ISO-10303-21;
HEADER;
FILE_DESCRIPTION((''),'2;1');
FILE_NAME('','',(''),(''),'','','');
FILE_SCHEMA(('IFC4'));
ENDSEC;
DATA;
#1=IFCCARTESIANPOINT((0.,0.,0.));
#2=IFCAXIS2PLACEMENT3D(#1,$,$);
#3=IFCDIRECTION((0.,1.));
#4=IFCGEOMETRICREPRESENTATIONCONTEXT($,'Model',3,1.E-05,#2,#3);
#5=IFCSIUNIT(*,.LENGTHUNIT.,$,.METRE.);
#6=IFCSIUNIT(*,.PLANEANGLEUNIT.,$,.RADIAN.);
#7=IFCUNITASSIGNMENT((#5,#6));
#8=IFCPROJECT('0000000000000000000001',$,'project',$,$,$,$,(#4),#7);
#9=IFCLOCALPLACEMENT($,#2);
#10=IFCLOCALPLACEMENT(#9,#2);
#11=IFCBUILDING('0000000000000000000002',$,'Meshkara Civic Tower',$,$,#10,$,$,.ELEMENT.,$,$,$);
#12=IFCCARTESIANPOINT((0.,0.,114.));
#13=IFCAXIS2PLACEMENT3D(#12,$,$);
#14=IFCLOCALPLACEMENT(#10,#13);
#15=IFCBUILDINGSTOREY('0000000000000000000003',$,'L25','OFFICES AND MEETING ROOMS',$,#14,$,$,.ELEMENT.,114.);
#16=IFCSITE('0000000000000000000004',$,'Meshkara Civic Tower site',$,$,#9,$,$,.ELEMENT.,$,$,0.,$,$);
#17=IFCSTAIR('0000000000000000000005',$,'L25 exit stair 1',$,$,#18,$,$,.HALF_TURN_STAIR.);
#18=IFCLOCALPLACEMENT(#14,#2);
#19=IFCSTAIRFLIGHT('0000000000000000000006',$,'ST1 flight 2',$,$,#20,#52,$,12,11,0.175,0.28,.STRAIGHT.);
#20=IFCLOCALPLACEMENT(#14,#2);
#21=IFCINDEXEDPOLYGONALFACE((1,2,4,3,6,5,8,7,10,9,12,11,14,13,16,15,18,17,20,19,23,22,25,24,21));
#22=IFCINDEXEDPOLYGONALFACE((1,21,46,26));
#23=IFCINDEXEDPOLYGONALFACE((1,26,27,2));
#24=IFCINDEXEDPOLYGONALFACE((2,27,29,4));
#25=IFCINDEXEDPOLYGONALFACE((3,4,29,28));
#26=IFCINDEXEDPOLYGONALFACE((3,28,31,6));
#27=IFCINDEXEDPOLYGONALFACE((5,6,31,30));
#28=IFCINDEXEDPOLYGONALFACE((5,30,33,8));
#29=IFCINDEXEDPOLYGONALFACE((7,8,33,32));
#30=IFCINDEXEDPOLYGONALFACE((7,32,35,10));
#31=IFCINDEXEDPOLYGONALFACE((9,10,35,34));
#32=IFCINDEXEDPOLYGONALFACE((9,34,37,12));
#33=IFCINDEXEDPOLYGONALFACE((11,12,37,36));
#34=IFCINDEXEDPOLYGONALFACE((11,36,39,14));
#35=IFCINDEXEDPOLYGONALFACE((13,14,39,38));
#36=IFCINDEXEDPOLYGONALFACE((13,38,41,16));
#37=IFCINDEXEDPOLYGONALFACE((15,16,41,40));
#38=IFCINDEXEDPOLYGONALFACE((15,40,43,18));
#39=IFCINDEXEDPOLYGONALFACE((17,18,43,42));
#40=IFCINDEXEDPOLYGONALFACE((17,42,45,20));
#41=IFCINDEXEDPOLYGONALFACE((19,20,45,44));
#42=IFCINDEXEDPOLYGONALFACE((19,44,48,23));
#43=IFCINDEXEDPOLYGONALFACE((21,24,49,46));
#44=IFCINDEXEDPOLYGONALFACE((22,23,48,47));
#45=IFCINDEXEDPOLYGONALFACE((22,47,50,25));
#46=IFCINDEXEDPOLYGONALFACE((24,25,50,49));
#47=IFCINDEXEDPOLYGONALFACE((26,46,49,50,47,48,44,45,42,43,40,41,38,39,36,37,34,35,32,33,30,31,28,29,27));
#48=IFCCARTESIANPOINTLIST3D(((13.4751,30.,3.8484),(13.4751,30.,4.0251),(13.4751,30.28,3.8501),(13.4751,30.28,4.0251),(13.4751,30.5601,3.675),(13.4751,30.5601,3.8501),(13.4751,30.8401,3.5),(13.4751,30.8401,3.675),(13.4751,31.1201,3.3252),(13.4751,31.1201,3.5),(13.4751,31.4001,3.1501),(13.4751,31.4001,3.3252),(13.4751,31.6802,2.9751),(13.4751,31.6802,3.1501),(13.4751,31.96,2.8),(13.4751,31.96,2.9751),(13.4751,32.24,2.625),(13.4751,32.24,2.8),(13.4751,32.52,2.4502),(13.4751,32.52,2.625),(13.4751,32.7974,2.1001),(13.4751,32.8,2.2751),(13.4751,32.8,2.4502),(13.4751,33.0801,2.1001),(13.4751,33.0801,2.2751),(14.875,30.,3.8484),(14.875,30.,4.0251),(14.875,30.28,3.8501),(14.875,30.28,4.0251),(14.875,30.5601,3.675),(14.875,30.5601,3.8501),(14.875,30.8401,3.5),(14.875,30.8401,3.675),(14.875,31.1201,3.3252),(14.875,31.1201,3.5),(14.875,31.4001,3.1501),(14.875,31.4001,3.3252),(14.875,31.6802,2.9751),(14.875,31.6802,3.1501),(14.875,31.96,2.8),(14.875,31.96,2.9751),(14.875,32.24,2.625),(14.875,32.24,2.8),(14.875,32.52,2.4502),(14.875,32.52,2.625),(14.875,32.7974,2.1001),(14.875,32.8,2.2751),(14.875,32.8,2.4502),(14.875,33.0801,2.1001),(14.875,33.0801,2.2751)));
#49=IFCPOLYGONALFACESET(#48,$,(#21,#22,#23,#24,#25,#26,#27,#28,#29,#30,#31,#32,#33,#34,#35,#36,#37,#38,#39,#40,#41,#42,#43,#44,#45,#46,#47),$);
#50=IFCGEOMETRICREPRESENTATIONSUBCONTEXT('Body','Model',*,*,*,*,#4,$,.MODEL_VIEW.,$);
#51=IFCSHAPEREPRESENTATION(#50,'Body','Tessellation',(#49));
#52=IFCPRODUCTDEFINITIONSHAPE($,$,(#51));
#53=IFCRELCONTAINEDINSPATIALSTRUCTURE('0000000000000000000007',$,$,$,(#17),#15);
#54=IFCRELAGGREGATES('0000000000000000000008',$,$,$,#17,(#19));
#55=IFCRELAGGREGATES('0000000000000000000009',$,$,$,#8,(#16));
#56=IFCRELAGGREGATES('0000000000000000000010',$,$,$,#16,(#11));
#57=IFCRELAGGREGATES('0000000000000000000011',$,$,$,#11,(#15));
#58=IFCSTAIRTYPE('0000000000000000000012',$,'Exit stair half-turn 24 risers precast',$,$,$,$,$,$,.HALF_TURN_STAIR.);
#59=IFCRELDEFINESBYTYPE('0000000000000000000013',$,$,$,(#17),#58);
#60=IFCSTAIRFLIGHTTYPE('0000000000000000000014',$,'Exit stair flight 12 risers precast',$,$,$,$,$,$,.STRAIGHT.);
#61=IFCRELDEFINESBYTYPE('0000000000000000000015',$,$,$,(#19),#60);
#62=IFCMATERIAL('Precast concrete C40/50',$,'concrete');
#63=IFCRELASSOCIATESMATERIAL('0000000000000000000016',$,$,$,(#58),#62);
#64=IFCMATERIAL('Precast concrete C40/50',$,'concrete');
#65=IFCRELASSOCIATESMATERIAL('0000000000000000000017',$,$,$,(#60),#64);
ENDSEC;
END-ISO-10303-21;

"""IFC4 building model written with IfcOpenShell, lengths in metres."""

from ifc_helpers import new_model, si_unit, direction, frame, origin, place, context, subcontext, project, spatial, polyline, outline, extrude, material, type_object, element, aggregate, save


model = new_model("IFC4")

# Units and contexts
model_context = context("Model", 3, precision=1e-05, world=origin(), true_north=direction((0.0, 1.0)))
body_context = subcontext(model_context, "Body", "Model", "MODEL_VIEW")
ifc_project = project(units=[si_unit("LENGTHUNIT", "METRE"), si_unit("PLANEANGLEUNIT", "RADIAN")], contexts=[model_context])

# Site, building, storey
site_placement = place(None, origin())
site = spatial("IfcSite", under=ifc_project, at=site_placement, Name="Meshkara Civic Tower site", CompositionType="ELEMENT", RefElevation=0.0)
building_placement = place(site_placement, origin())
building = spatial("IfcBuilding", under=site, at=building_placement, Name="Meshkara Civic Tower", CompositionType="ELEMENT")
storey_placement = place(building_placement, frame((0.0, 0.0, 114.0)))
storey = spatial("IfcBuildingStorey", under=building, at=storey_placement, Name="L25", Description="OFFICES AND MEETING ROOMS", CompositionType="ELEMENT", Elevation=114.0)

# Stair, stair flight
ifc_material_1 = material(Name="Precast concrete C40/50", Category="concrete")
stair_type = type_object("IfcStairType", Name="Exit stair half-turn 24 risers precast", PredefinedType="HALF_TURN_STAIR", material=ifc_material_1)
stair_placement = place(storey_placement, origin())
stair = element("IfcStair", 1, at=stair_placement, inside=storey, type_object=stair_type, Name="L25 exit stair 1", PredefinedType="HALF_TURN_STAIR")
ifc_material_2 = material(Name="Precast concrete C40/50", Category="concrete")
stair_flight_type = type_object("IfcStairFlightType", Name="Exit stair flight 12 risers precast", PredefinedType="STRAIGHT", material=ifc_material_2)
stair_flight_1_placement = place(storey_placement, frame((14.175, 33.0801, 2.1001), z_axis=(0.0, 0.0, 1.0), x_axis=(0.0, -1.0, 0.0)))
stair_flight_1 = element("IfcStairFlight", 2, at=stair_flight_1_placement, type_object=stair_flight_type, Name="ST1 flight 2", NumberOfRisers=12, NumberOfTreads=11, PredefinedType="STRAIGHT", RiserHeight=0.175, TreadLength=0.28, context=body_context, shape_type="SweptSolid", body=[
    extrude(outline(polyline([(0.0, 0.0), (0.0, 0.175), (0.28, 0.175), (0.28, 0.3501), (0.5601, 0.3501), (0.5601, 0.5249), (0.8401, 0.5249), (0.8401, 0.7), (1.1201, 0.7), (1.1201, 0.875), (1.3999, 0.875), (1.3999, 1.05), (1.6799, 1.05), (1.6799, 1.2251), (1.96, 1.2251), (1.96, 1.3999), (2.24, 1.3999), (2.24, 1.575), (2.52, 1.575), (2.52, 1.75), (2.8, 1.75), (2.8, 1.925), (3.0801, 1.925), (3.0801, 2.1001), (3.0801, 1.7483), (0.2827, 0.0), (0.0, 0.0)])), frame((0.0, 0.7, 0.0), z_axis=(0.0, -1.0, 0.0), x_axis=(1.0, 0.0, 0.0)), (0.0, 0.0, 1.0), 1.3999),
])
aggregate(stair, [stair_flight_1])

save(model, "model.ifc")
